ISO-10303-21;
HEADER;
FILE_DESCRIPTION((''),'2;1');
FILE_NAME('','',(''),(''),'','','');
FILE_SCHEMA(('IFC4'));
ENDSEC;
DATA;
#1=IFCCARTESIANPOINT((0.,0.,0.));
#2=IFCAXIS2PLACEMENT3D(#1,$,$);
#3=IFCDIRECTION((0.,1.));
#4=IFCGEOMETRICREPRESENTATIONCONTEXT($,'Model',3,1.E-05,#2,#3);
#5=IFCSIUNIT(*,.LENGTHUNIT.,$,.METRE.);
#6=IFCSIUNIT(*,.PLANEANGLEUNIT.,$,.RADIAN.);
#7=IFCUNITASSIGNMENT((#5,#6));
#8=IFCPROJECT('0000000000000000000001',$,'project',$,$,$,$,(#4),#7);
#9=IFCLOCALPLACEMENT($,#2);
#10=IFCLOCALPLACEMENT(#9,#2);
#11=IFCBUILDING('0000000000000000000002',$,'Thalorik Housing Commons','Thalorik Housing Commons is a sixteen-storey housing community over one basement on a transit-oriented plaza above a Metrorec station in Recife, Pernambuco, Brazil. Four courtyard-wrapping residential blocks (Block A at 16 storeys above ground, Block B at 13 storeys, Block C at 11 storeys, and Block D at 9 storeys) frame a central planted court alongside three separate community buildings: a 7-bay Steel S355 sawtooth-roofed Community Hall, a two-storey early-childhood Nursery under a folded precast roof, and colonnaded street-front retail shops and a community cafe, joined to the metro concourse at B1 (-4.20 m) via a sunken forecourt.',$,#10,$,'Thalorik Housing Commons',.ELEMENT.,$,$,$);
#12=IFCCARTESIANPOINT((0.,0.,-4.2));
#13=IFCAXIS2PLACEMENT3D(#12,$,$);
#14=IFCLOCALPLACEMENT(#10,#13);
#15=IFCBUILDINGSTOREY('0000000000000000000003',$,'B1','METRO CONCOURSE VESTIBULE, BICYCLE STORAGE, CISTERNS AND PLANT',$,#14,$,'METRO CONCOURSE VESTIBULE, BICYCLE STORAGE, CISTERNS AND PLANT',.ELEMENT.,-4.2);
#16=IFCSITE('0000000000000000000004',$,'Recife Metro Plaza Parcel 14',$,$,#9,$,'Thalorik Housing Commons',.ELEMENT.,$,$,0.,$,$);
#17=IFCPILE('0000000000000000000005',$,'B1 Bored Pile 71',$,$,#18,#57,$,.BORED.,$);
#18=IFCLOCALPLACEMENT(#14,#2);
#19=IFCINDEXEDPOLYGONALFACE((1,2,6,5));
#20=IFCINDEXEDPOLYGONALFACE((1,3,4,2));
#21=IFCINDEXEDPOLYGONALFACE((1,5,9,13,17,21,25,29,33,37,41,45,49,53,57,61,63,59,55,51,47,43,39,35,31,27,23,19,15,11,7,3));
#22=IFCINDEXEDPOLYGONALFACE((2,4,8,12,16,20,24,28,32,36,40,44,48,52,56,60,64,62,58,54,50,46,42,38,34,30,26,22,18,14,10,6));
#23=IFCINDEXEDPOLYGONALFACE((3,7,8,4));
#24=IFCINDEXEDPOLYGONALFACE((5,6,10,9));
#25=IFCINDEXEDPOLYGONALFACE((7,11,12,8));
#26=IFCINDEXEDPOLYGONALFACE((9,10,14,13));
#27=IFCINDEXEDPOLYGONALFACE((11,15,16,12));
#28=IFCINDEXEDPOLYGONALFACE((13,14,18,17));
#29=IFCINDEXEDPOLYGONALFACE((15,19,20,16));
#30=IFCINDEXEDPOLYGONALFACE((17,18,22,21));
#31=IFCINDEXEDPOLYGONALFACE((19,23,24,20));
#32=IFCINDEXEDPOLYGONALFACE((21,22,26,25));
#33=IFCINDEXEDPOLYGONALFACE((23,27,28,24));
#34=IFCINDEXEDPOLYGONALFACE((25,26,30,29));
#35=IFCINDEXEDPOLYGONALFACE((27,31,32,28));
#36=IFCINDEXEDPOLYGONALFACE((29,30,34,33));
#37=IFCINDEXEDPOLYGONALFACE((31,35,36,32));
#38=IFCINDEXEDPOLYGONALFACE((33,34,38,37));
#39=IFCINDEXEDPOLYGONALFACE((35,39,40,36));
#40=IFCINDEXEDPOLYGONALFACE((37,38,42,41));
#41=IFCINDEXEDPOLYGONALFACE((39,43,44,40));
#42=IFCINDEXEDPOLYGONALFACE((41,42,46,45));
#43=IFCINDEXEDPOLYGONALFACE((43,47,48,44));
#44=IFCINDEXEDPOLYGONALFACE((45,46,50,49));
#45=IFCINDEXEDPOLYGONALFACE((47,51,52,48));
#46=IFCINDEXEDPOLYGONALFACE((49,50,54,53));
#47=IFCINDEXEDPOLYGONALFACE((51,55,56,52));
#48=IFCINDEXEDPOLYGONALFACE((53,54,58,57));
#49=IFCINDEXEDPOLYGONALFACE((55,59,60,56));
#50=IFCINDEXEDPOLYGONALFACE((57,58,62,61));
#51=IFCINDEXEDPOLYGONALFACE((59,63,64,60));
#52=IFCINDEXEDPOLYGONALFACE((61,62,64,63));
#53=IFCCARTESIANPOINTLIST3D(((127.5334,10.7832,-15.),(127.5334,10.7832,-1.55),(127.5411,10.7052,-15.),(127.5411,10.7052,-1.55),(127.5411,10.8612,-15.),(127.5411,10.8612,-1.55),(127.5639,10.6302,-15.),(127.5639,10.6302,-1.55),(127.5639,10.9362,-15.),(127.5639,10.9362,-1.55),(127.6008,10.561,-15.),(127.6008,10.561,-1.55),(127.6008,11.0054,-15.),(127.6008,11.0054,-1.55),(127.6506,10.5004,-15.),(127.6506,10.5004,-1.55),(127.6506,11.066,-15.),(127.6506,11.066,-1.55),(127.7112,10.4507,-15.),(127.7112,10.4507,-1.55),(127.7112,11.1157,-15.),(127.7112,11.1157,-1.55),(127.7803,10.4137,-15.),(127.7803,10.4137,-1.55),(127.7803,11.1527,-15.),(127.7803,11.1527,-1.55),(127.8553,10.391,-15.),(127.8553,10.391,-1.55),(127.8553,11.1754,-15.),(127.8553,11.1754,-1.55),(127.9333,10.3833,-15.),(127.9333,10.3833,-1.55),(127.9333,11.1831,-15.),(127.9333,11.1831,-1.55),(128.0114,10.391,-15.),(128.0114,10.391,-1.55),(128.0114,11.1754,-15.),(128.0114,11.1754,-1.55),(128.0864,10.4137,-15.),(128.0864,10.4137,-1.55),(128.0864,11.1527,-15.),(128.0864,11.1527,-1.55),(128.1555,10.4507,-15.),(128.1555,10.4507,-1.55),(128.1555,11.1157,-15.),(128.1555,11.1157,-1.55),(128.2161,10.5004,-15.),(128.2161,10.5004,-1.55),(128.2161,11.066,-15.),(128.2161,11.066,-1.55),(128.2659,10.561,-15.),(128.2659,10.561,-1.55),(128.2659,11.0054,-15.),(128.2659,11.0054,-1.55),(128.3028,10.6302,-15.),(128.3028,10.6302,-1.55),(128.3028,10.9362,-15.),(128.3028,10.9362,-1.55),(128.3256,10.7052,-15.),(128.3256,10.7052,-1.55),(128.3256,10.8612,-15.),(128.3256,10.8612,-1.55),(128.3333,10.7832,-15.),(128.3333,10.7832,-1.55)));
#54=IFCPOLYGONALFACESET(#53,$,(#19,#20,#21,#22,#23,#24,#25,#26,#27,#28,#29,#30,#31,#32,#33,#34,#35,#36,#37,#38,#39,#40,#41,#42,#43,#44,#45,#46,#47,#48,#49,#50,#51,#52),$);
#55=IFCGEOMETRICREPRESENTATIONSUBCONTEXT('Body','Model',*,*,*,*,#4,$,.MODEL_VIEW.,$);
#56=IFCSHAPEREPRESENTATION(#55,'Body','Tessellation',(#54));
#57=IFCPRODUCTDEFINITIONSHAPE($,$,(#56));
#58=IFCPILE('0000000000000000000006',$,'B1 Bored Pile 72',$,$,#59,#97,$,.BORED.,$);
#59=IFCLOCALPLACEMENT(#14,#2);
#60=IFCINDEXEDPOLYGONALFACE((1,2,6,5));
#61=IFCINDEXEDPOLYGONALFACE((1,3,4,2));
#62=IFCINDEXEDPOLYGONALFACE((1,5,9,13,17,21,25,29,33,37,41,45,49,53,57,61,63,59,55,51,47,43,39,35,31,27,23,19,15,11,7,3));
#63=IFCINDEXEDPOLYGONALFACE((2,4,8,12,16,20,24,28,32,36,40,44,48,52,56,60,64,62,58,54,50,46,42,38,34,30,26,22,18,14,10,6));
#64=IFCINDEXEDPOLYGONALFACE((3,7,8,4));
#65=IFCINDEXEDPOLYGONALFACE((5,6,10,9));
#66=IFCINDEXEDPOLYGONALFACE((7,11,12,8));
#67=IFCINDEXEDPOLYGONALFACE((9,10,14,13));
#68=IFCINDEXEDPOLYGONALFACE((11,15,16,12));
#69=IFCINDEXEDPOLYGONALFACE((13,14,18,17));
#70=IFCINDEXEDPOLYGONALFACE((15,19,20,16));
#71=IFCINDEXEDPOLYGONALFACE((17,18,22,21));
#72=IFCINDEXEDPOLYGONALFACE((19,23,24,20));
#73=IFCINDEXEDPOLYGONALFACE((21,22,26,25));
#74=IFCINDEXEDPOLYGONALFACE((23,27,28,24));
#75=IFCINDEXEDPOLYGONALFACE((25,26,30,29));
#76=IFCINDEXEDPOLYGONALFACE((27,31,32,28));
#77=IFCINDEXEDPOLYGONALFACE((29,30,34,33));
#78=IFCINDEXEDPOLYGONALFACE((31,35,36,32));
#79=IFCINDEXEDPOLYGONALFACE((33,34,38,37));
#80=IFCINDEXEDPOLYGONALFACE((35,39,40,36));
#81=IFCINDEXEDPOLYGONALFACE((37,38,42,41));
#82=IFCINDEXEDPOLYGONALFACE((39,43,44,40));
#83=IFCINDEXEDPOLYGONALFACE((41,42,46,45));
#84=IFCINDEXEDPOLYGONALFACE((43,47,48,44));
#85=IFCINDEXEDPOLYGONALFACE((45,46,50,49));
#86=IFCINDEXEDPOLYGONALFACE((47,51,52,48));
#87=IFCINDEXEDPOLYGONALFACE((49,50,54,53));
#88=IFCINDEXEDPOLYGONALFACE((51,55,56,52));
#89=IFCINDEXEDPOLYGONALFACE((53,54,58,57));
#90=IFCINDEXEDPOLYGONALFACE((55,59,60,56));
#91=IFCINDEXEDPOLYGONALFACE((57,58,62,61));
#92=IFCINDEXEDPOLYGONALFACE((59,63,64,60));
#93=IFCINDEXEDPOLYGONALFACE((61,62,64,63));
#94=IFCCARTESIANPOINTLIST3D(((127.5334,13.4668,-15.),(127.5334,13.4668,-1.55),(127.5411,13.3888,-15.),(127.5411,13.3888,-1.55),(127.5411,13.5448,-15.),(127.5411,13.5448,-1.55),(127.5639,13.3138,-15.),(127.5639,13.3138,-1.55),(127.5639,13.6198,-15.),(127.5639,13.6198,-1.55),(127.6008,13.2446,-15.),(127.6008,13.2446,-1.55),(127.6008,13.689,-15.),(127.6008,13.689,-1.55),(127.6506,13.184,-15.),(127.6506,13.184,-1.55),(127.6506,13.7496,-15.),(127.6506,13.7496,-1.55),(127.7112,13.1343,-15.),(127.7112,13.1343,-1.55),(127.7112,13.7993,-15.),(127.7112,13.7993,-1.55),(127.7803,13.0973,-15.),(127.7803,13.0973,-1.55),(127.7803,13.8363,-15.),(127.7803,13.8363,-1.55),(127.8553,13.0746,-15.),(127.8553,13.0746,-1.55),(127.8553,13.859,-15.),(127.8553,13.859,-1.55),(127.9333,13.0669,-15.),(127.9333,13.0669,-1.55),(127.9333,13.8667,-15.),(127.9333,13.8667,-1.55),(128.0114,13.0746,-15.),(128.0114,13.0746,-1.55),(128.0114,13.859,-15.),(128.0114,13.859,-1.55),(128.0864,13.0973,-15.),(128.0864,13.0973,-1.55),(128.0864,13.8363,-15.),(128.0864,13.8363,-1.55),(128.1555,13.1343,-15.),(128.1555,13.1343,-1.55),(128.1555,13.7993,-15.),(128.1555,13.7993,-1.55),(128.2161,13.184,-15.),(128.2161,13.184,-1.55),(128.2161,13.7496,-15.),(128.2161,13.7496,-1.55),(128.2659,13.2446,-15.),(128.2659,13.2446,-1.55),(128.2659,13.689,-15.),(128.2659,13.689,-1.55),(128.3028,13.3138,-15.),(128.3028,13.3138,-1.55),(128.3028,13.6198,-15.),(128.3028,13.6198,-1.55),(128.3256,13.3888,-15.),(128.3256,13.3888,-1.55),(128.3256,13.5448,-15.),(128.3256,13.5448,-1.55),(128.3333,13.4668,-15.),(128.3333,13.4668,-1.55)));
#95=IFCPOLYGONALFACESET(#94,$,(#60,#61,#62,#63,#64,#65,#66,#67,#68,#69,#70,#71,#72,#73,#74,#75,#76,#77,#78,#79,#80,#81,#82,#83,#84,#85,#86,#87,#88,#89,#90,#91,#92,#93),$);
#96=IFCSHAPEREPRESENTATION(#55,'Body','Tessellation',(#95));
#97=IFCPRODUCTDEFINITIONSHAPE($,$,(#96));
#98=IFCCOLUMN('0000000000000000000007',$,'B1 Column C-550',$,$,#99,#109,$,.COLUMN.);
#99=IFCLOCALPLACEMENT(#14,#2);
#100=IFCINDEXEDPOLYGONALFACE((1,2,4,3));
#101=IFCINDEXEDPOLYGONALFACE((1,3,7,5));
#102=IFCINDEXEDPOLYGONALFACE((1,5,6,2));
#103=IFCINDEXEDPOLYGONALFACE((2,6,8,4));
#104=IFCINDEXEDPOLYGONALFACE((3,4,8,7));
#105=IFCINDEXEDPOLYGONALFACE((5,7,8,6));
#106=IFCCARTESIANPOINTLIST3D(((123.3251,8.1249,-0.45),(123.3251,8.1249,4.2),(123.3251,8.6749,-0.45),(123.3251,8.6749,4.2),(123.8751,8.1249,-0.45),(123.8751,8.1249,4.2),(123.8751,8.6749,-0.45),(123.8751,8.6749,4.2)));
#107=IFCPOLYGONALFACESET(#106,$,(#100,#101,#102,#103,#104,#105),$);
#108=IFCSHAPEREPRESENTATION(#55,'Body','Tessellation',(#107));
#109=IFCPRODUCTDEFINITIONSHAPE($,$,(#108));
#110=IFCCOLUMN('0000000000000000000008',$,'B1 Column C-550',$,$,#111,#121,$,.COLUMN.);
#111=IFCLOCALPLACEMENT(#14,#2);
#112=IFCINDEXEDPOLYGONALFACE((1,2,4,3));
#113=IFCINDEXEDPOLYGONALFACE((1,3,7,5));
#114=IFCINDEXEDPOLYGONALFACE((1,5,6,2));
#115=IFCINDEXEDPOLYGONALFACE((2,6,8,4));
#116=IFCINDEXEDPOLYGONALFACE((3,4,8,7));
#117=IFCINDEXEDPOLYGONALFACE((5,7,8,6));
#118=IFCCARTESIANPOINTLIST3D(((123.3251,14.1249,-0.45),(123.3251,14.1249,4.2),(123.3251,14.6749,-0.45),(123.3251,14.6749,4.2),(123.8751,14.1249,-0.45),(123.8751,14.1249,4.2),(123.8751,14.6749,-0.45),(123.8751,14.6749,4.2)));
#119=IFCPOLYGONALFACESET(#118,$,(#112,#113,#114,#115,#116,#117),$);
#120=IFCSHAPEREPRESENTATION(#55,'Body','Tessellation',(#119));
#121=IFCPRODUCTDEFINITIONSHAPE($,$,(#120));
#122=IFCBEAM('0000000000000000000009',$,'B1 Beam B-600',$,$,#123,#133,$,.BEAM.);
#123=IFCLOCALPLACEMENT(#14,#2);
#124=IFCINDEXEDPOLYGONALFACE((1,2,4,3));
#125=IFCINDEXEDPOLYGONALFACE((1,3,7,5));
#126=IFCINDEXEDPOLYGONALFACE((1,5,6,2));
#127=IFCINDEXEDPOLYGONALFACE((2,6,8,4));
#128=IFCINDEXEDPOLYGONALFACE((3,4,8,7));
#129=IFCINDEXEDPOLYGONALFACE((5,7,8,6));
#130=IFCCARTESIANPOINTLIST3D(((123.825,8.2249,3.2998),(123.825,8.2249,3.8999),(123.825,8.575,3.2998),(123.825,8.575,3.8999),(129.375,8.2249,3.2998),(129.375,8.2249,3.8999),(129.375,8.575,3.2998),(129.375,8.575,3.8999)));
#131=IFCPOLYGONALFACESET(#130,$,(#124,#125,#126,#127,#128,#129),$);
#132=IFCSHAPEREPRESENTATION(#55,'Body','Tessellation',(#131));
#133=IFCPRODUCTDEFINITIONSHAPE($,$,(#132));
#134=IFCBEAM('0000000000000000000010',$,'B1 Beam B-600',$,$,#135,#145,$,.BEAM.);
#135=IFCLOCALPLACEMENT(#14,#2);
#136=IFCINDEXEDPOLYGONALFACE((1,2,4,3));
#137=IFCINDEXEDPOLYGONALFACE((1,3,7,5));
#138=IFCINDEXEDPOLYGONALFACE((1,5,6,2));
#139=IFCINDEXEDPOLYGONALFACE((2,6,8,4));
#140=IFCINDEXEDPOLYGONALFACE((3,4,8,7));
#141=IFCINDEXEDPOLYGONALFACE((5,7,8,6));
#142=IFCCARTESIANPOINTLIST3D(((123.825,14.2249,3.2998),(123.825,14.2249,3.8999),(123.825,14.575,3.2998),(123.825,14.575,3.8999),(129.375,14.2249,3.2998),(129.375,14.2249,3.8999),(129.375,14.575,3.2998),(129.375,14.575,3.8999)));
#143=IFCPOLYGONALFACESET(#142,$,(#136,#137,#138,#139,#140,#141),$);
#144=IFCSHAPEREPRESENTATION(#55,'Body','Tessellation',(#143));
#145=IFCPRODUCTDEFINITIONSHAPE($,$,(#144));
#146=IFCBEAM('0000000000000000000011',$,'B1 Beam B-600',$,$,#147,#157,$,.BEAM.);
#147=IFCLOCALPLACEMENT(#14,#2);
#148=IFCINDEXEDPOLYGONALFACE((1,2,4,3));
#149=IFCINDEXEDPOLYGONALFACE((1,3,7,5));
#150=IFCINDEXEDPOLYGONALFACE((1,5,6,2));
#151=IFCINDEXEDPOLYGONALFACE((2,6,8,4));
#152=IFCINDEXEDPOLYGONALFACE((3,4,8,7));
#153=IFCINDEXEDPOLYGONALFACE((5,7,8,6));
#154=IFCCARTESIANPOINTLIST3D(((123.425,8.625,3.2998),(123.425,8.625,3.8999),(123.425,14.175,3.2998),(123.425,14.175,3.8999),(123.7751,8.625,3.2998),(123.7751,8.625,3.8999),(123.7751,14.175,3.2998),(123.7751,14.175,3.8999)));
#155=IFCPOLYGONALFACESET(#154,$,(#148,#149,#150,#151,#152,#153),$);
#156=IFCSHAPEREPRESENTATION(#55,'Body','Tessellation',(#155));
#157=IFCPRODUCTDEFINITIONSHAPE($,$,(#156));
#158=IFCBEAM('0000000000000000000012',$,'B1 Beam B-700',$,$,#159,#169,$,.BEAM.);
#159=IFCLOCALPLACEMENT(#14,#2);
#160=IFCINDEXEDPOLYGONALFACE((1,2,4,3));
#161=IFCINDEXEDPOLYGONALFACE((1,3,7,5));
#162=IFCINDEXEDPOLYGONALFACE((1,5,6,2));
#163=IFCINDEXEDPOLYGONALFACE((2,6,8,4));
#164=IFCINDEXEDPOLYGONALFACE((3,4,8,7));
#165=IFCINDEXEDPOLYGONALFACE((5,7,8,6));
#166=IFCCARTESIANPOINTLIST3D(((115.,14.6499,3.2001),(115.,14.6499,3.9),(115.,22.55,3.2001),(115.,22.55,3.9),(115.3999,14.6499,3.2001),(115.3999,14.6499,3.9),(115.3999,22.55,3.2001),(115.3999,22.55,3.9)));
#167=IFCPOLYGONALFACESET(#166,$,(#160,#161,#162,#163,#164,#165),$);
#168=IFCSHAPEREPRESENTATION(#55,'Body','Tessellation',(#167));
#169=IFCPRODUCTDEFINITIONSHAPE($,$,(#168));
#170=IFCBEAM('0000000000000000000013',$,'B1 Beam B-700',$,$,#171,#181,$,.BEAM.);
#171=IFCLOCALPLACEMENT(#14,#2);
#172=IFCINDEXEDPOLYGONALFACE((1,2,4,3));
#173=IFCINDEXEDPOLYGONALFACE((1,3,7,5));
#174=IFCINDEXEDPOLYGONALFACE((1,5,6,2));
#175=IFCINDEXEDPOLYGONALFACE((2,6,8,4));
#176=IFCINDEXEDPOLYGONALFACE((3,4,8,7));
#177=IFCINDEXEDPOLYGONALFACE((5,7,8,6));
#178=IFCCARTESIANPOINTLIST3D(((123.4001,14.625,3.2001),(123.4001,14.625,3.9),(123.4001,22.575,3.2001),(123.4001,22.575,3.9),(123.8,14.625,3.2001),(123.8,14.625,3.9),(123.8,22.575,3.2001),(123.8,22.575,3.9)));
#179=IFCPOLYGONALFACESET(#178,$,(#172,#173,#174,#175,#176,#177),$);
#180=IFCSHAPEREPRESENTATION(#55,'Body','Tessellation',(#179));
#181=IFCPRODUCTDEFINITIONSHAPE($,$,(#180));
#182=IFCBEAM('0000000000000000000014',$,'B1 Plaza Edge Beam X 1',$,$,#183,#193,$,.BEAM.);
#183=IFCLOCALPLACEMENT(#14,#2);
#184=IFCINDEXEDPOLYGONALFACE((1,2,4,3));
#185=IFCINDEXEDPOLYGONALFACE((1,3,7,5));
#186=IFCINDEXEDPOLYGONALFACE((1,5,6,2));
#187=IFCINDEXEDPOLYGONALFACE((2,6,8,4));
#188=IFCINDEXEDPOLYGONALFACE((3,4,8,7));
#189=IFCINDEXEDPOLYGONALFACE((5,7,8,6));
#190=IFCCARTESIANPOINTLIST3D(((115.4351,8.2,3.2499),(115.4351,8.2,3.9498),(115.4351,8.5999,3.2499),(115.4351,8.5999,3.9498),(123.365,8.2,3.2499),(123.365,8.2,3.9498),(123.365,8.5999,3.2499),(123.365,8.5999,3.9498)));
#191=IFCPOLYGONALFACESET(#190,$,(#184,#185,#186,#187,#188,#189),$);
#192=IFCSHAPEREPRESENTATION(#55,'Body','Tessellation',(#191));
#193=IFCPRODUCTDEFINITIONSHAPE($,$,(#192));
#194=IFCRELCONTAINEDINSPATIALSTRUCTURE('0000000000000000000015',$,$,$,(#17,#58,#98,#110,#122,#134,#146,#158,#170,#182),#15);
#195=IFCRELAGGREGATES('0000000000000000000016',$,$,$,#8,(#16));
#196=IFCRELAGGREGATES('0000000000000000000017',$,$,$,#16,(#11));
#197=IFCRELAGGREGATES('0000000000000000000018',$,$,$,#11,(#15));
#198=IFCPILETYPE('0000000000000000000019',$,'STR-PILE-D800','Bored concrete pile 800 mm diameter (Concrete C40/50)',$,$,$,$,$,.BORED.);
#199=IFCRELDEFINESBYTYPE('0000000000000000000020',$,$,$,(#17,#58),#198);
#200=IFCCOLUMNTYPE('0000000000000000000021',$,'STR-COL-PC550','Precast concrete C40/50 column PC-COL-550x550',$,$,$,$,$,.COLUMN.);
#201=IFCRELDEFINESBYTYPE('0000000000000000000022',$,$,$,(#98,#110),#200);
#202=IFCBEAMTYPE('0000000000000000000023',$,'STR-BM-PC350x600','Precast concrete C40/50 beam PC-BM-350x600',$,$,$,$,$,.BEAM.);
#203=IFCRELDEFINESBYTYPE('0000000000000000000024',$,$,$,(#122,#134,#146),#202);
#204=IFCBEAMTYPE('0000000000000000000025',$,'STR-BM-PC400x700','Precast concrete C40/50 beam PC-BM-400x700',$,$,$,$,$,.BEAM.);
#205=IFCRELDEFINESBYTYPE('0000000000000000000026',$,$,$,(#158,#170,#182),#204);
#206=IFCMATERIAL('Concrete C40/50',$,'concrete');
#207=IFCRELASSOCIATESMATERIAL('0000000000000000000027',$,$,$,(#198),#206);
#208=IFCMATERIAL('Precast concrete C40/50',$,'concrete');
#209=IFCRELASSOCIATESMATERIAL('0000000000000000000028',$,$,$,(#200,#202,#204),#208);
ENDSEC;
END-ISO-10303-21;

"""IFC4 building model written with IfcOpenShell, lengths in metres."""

from ifc_helpers import new_model, si_unit, direction, frame, origin, origin_2d, place, context, subcontext, project, spatial, rectangle, circle, extrude, material, material_profile, profile_set, type_object, element, save


model = new_model("IFC4")

# Units and contexts
model_context = context("Model", 3, precision=1e-05, world=origin(), true_north=direction((0.0, 1.0)))
body_context = subcontext(model_context, "Body", "Model", "MODEL_VIEW")
ifc_project = project(units=[si_unit("LENGTHUNIT", "METRE"), si_unit("PLANEANGLEUNIT", "RADIAN")], contexts=[model_context])

# Site, building, storey
site_placement = place(None, origin())
site = spatial("IfcSite", under=ifc_project, at=site_placement, Name="Recife Metro Plaza Parcel 14", LongName="Thalorik Housing Commons", CompositionType="ELEMENT", RefElevation=0.0)
building_placement = place(site_placement, origin())
building = spatial("IfcBuilding", under=site, at=building_placement, Name="Thalorik Housing Commons", Description="Thalorik Housing Commons is a sixteen-storey housing community over one basement on a transit-oriented plaza above a Metrorec station in Recife, Pernambuco, Brazil. Four courtyard-wrapping residential blocks (Block A at 16 storeys above ground, Block B at 13 storeys, Block C at 11 storeys, and Block D at 9 storeys) frame a central planted court alongside three separate community buildings: a 7-bay Steel S355 sawtooth-roofed Community Hall, a two-storey early-childhood Nursery under a folded precast roof, and colonnaded street-front retail shops and a community cafe, joined to the metro concourse at B1 (-4.20 m) via a sunken forecourt.", LongName="Thalorik Housing Commons", CompositionType="ELEMENT")
storey_placement = place(building_placement, frame((0.0, 0.0, -4.2)))
storey = spatial("IfcBuildingStorey", under=building, at=storey_placement, Name="B1", Description="METRO CONCOURSE VESTIBULE, BICYCLE STORAGE, CISTERNS AND PLANT", LongName="METRO CONCOURSE VESTIBULE, BICYCLE STORAGE, CISTERNS AND PLANT", CompositionType="ELEMENT", Elevation=-4.2)

# Shared definitions
ifc_material_1 = material(Name="Concrete C40/50", Category="concrete")

# Piles
ifc_material_profile_1 = material_profile(ifc_material_1, circle(Radius=0.3999, at=origin_2d()), Name="BORED PILE D800", Category="concrete")
ifc_profile_set_1 = profile_set([ifc_material_profile_1], Name="Concrete C40/50")
pile_type_1 = type_object("IfcPileType", Name="STR-PILE-D800", Description="Bored concrete pile 800 mm diameter (Concrete C40/50)", PredefinedType="BORED", material=ifc_profile_set_1)
for number, where, z_axis, x_axis, name in (
    (1, (127.9333, 10.7832, -1.55), (0.0, 0.0, -1.0), (1.0, 0.0, 0.0), "B1 Bored Pile 71"),
    (2, (127.9333, 13.4668, -1.55), (0.0, 0.0, -1.0), (1.0, 0.0, 0.0), "B1 Bored Pile 72"),
):
    element("IfcPile", number, at=place(storey_placement, frame(where, z_axis=z_axis, x_axis=x_axis)), inside=storey, type_object=pile_type_1, Name=name, PredefinedType="BORED", context=body_context, shape_type="SweptSolid", body=[
        extrude(circle(Radius=0.3999, at=origin_2d()), origin(), (0.0, 0.0, 1.0), 13.45),
    ])

# Columns
ifc_material_2 = material(Name="Precast concrete C40/50", Category="concrete")
ifc_material_profile_2 = material_profile(ifc_material_2, rectangle(XDim=0.55, YDim=0.55, at=origin_2d()), Name="PC 550x550", Category="concrete")
ifc_profile_set_2 = profile_set([ifc_material_profile_2], Name="Precast concrete C40/50")
column_type = type_object("IfcColumnType", Name="STR-COL-PC550", Description="Precast concrete C40/50 column PC-COL-550x550", PredefinedType="COLUMN", material=ifc_profile_set_2)
for number, where, z_axis, x_axis, name in (
    (3, (123.6001, 8.3999, -0.45), (0.0, 0.0, 1.0), (1.0, 0.0, 0.0), "B1 Column C-550"),
    (4, (123.6001, 14.3999, -0.45), (0.0, 0.0, 1.0), (1.0, 0.0, 0.0), "B1 Column C-550"),
):
    element("IfcColumn", number, at=place(storey_placement, frame(where, z_axis=z_axis, x_axis=x_axis)), inside=storey, type_object=column_type, Name=name, PredefinedType="COLUMN", context=body_context, shape_type="SweptSolid", body=[
        extrude(rectangle(XDim=0.55, YDim=0.55, at=origin_2d()), origin(), (0.0, 0.0, 1.0), 4.6499),
    ])

# Beams
ifc_material_profile_3 = material_profile(ifc_material_2, rectangle(XDim=0.3501, YDim=0.6001, at=origin_2d()), Name="PC 350x600", Category="concrete")
ifc_profile_set_3 = profile_set([ifc_material_profile_3], Name="Precast concrete C40/50")
beam_type_1 = type_object("IfcBeamType", Name="STR-BM-PC350x600", Description="Precast concrete C40/50 beam PC-BM-350x600", PredefinedType="BEAM", material=ifc_profile_set_3)
for number, where, z_axis, x_axis, name in (
    (5, (123.825, 8.3999, 3.5999), (1.0, 0.0, 0.0), (0.0, 1.0, 0.0), "B1 Beam B-600"),
    (6, (123.825, 14.3999, 3.5999), (1.0, 0.0, 0.0), (0.0, 1.0, 0.0), "B1 Beam B-600"),
    (7, (123.6001, 8.625, 3.5999), (0.0, 1.0, 0.0), (-1.0, 0.0, 0.0), "B1 Beam B-600"),
):
    element("IfcBeam", number, at=place(storey_placement, frame(where, z_axis=z_axis, x_axis=x_axis)), inside=storey, type_object=beam_type_1, Name=name, PredefinedType="BEAM", context=body_context, shape_type="SweptSolid", body=[
        extrude(rectangle(XDim=0.3501, YDim=0.6001, at=origin_2d()), origin(), (0.0, 0.0, 1.0), 5.55),
    ])
ifc_material_profile_4 = material_profile(ifc_material_2, rectangle(XDim=0.3999, YDim=0.7, at=origin_2d()), Name="PC 400x700", Category="concrete")
ifc_profile_set_4 = profile_set([ifc_material_profile_4], Name="Precast concrete C40/50")
beam_type_2 = type_object("IfcBeamType", Name="STR-BM-PC400x700", Description="Precast concrete C40/50 beam PC-BM-400x700", PredefinedType="BEAM", material=ifc_profile_set_4)
beam_1_placement = place(storey_placement, frame((115.2, 14.6499, 3.55), z_axis=(0.0, 1.0, 0.0), x_axis=(-1.0, 0.0, 0.0)))
element("IfcBeam", 8, at=beam_1_placement, inside=storey, type_object=beam_type_2, Name="B1 Beam B-700", PredefinedType="BEAM", context=body_context, shape_type="SweptSolid", body=[
    extrude(rectangle(XDim=0.3999, YDim=0.7, at=origin_2d()), origin(), (0.0, 0.0, 1.0), 7.9001),
])
beam_2_placement = place(storey_placement, frame((123.6001, 14.625, 3.55), z_axis=(0.0, 1.0, 0.0), x_axis=(-1.0, 0.0, 0.0)))
element("IfcBeam", 9, at=beam_2_placement, inside=storey, type_object=beam_type_2, Name="B1 Beam B-700", PredefinedType="BEAM", context=body_context, shape_type="SweptSolid", body=[
    extrude(rectangle(XDim=0.3999, YDim=0.7, at=origin_2d()), origin(), (0.0, 0.0, 1.0), 7.95),
])
beam_3_placement = place(storey_placement, frame((115.4351, 8.3999, 3.5999), z_axis=(1.0, 0.0, 0.0), x_axis=(0.0, 1.0, 0.0)))
element("IfcBeam", 10, at=beam_3_placement, inside=storey, type_object=beam_type_2, Name="B1 Plaza Edge Beam X 1", PredefinedType="BEAM", context=body_context, shape_type="SweptSolid", body=[
    extrude(rectangle(XDim=0.3999, YDim=0.7, at=origin_2d()), origin(), (0.0, 0.0, 1.0), 7.9299),
])

save(model, "model.ifc")
